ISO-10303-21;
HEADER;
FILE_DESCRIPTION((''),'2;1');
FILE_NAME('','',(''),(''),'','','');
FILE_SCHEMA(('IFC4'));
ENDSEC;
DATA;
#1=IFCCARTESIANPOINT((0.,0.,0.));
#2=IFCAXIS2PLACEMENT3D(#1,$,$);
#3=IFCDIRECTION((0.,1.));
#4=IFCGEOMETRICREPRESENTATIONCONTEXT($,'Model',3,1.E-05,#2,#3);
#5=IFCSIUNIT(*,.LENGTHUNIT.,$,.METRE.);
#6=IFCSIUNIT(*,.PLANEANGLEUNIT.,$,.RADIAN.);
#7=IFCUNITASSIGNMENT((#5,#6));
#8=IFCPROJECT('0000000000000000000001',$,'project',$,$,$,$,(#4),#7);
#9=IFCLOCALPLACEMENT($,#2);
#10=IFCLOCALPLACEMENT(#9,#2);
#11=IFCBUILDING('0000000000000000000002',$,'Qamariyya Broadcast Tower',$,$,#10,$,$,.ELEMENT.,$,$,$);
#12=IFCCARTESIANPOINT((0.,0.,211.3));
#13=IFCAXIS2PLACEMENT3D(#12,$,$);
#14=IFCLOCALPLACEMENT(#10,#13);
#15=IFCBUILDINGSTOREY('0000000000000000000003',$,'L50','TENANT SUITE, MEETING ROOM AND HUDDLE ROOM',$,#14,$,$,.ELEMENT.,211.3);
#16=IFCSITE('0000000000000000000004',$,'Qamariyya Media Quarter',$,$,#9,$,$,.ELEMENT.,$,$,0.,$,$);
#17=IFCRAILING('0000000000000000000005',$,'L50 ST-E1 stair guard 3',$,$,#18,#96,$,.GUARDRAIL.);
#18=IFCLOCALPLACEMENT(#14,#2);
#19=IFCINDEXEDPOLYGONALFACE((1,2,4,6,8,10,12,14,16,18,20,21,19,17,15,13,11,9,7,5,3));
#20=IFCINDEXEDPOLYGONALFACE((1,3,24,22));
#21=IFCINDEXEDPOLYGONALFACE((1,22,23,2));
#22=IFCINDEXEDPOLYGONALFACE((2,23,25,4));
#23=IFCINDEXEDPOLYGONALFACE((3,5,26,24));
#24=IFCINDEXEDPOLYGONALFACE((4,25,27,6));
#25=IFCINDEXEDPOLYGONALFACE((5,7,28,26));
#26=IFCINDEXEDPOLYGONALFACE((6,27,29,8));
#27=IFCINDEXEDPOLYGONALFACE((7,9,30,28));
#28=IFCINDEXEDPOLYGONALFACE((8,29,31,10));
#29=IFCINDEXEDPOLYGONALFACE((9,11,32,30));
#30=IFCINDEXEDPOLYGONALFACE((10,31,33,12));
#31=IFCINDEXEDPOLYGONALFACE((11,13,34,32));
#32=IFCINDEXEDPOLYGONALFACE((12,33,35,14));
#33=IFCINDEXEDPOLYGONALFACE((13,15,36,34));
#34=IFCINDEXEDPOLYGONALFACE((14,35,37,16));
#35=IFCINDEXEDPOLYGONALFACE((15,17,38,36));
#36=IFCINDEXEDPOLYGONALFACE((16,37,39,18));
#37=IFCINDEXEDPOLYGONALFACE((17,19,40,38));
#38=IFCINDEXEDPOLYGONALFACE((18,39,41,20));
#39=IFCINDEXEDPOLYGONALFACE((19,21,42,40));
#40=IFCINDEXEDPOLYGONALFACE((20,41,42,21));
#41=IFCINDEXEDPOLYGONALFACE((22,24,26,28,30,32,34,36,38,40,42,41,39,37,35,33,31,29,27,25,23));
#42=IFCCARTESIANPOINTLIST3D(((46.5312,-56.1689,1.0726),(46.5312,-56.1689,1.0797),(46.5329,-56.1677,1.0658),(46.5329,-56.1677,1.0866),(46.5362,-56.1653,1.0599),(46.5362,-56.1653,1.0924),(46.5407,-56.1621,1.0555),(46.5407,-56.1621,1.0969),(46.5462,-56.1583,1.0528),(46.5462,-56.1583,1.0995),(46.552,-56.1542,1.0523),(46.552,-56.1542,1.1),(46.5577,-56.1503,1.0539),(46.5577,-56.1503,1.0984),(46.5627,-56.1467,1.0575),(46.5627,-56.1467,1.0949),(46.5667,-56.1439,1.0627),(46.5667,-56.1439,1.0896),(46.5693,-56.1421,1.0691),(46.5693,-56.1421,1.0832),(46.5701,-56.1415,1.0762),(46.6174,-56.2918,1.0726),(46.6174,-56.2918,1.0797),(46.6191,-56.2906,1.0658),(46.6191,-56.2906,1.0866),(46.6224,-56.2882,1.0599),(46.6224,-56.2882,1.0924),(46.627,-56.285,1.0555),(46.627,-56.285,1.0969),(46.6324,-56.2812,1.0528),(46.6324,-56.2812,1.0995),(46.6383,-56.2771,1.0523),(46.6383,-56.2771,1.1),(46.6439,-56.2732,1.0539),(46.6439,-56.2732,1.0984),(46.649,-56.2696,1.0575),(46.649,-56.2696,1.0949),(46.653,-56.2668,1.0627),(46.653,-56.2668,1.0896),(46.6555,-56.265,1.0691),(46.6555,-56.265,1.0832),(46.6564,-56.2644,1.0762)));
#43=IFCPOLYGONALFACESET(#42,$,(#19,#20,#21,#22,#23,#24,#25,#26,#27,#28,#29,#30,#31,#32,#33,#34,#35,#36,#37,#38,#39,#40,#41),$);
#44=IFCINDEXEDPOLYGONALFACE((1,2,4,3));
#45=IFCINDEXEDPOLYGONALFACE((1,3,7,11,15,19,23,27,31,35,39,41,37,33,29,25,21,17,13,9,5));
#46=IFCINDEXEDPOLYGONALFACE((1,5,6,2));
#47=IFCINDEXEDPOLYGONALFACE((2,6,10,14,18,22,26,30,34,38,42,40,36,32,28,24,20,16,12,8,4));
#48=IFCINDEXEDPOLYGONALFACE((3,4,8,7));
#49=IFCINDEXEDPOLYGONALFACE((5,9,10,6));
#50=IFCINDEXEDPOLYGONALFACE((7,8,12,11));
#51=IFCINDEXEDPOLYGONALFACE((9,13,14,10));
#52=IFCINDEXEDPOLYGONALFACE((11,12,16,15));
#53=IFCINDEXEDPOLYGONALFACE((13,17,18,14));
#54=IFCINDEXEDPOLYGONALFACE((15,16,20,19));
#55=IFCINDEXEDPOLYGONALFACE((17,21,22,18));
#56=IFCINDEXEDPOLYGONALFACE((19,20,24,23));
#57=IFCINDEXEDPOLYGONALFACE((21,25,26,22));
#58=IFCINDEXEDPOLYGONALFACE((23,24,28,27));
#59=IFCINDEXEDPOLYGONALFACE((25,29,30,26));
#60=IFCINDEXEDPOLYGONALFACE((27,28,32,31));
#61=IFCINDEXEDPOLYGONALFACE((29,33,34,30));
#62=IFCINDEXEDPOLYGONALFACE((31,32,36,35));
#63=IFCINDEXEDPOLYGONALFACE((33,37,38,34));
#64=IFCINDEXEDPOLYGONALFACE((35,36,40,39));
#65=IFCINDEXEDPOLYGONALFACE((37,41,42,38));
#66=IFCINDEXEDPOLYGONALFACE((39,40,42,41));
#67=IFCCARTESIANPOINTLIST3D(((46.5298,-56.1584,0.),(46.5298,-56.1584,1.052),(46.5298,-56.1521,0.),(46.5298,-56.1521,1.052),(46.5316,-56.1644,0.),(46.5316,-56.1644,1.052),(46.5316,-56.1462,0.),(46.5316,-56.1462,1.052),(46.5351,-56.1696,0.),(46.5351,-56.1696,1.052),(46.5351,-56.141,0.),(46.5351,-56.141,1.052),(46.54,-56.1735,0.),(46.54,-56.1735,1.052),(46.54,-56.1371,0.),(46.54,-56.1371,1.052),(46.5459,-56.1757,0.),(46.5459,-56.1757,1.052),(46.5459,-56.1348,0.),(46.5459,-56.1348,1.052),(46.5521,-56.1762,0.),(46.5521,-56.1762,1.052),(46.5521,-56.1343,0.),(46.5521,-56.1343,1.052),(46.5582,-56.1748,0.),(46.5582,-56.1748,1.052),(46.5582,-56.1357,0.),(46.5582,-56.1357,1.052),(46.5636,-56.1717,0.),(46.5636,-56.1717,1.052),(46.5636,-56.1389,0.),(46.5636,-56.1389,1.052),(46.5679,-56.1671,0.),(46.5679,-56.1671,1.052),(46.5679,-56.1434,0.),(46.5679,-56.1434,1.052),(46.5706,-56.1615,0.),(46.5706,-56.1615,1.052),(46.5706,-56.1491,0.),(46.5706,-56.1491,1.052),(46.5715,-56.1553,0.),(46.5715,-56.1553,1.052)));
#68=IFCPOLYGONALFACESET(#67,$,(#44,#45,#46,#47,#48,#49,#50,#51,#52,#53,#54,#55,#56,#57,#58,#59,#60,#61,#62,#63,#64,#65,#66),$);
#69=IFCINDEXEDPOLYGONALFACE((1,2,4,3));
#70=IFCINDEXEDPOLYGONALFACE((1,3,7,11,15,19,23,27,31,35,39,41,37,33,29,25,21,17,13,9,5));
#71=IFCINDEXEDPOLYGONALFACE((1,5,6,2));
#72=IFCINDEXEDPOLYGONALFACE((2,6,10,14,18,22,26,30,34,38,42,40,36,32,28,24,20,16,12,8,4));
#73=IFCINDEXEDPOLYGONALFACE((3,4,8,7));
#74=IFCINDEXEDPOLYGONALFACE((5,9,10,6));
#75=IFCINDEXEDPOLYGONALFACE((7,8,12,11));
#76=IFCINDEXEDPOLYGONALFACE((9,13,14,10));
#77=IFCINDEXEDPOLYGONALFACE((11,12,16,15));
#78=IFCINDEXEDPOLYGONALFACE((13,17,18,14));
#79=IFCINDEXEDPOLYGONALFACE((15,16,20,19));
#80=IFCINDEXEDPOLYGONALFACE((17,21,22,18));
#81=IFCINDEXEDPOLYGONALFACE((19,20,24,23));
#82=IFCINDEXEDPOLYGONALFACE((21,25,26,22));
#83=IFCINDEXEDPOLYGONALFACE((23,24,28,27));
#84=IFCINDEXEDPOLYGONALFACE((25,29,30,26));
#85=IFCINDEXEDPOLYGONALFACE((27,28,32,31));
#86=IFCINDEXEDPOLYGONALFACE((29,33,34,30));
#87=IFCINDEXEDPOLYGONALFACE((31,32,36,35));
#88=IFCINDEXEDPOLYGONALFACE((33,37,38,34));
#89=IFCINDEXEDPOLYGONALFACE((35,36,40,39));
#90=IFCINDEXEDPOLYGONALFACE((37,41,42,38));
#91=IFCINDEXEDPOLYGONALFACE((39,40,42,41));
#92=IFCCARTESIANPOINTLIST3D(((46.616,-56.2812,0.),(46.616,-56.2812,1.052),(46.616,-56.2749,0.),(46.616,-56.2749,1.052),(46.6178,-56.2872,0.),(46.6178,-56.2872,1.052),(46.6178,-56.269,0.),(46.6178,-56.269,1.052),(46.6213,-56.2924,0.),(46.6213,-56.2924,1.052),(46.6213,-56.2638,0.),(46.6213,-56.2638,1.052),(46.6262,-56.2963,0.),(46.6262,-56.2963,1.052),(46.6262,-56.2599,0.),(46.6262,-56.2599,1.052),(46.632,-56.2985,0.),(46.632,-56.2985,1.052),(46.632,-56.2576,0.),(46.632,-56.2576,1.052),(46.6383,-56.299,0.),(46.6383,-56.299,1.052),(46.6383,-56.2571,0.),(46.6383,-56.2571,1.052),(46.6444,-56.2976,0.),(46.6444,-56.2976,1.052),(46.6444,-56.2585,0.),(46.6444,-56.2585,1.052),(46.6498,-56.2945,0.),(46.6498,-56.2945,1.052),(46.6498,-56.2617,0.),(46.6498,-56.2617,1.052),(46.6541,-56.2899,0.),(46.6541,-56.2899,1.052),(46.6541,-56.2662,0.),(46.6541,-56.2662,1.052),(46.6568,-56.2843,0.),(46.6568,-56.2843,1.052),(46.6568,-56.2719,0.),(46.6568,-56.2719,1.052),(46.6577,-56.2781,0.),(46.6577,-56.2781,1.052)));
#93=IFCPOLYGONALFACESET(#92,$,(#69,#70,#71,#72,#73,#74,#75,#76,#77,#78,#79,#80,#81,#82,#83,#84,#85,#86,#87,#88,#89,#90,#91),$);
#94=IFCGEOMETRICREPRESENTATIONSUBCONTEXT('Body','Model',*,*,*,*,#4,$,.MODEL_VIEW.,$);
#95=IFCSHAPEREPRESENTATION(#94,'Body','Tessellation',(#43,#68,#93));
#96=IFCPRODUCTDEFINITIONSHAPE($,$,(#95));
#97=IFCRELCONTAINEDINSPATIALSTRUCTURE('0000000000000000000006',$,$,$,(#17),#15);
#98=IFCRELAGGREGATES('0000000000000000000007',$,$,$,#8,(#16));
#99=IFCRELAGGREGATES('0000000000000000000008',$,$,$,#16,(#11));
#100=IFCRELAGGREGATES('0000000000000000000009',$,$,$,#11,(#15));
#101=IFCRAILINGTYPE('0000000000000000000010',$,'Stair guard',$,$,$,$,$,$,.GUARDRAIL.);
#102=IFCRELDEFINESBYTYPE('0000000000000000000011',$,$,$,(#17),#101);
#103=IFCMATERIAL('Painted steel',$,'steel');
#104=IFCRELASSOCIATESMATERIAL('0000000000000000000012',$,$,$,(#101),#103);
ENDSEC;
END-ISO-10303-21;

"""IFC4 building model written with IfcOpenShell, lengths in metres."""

from ifc_helpers import new_model, si_unit, direction, frame, origin, origin_2d, place, context, subcontext, project, spatial, circle, extrude, material, type_object, element, save


model = new_model("IFC4")

# Units and contexts
model_context = context("Model", 3, precision=1e-05, world=origin(), true_north=direction((0.0, 1.0)))
body_context = subcontext(model_context, "Body", "Model", "MODEL_VIEW")
ifc_project = project(units=[si_unit("LENGTHUNIT", "METRE"), si_unit("PLANEANGLEUNIT", "RADIAN")], contexts=[model_context])

# Site, building, storey
site_placement = place(None, origin())
site = spatial("IfcSite", under=ifc_project, at=site_placement, Name="Qamariyya Media Quarter", CompositionType="ELEMENT", RefElevation=0.0)
building_placement = place(site_placement, origin())
building = spatial("IfcBuilding", under=site, at=building_placement, Name="Qamariyya Broadcast Tower", CompositionType="ELEMENT")
storey_placement = place(building_placement, frame((0.0, 0.0, 211.3)))
storey = spatial("IfcBuildingStorey", under=building, at=storey_placement, Name="L50", Description="TENANT SUITE, MEETING ROOM AND HUDDLE ROOM", CompositionType="ELEMENT", Elevation=211.3)

# Railing
ifc_material_1 = material(Name="Painted steel", Category="steel")
railing_type_1 = type_object("IfcRailingType", Name="Stair guard", PredefinedType="GUARDRAIL", material=ifc_material_1)
railing_1_placement = place(storey_placement, frame((46.5505, -56.1553, 0.0)))
element("IfcRailing", 1, at=railing_1_placement, inside=storey, type_object=railing_type_1, Name="L50 ST-E1 stair guard 3", PredefinedType="GUARDRAIL", context=body_context, shape_type="SweptSolid", body=[
    extrude(circle(Radius=0.0239, at=origin_2d()), frame((0.0, 0.0, 1.0762), z_axis=(0.574445, -0.818543, 0.0), x_axis=(0.818543, 0.574445, 0.0)), (0.0, 0.0, 1.0), 0.1501),
    extrude(circle(Radius=0.021, at=origin_2d()), origin(), (0.0, 0.0, 1.0), 1.052),
    extrude(circle(Radius=0.021, at=origin_2d()), frame((0.0862, -0.1228, 0.0)), (0.0, 0.0, 1.0), 1.052),
])

save(model, "model.ifc")
